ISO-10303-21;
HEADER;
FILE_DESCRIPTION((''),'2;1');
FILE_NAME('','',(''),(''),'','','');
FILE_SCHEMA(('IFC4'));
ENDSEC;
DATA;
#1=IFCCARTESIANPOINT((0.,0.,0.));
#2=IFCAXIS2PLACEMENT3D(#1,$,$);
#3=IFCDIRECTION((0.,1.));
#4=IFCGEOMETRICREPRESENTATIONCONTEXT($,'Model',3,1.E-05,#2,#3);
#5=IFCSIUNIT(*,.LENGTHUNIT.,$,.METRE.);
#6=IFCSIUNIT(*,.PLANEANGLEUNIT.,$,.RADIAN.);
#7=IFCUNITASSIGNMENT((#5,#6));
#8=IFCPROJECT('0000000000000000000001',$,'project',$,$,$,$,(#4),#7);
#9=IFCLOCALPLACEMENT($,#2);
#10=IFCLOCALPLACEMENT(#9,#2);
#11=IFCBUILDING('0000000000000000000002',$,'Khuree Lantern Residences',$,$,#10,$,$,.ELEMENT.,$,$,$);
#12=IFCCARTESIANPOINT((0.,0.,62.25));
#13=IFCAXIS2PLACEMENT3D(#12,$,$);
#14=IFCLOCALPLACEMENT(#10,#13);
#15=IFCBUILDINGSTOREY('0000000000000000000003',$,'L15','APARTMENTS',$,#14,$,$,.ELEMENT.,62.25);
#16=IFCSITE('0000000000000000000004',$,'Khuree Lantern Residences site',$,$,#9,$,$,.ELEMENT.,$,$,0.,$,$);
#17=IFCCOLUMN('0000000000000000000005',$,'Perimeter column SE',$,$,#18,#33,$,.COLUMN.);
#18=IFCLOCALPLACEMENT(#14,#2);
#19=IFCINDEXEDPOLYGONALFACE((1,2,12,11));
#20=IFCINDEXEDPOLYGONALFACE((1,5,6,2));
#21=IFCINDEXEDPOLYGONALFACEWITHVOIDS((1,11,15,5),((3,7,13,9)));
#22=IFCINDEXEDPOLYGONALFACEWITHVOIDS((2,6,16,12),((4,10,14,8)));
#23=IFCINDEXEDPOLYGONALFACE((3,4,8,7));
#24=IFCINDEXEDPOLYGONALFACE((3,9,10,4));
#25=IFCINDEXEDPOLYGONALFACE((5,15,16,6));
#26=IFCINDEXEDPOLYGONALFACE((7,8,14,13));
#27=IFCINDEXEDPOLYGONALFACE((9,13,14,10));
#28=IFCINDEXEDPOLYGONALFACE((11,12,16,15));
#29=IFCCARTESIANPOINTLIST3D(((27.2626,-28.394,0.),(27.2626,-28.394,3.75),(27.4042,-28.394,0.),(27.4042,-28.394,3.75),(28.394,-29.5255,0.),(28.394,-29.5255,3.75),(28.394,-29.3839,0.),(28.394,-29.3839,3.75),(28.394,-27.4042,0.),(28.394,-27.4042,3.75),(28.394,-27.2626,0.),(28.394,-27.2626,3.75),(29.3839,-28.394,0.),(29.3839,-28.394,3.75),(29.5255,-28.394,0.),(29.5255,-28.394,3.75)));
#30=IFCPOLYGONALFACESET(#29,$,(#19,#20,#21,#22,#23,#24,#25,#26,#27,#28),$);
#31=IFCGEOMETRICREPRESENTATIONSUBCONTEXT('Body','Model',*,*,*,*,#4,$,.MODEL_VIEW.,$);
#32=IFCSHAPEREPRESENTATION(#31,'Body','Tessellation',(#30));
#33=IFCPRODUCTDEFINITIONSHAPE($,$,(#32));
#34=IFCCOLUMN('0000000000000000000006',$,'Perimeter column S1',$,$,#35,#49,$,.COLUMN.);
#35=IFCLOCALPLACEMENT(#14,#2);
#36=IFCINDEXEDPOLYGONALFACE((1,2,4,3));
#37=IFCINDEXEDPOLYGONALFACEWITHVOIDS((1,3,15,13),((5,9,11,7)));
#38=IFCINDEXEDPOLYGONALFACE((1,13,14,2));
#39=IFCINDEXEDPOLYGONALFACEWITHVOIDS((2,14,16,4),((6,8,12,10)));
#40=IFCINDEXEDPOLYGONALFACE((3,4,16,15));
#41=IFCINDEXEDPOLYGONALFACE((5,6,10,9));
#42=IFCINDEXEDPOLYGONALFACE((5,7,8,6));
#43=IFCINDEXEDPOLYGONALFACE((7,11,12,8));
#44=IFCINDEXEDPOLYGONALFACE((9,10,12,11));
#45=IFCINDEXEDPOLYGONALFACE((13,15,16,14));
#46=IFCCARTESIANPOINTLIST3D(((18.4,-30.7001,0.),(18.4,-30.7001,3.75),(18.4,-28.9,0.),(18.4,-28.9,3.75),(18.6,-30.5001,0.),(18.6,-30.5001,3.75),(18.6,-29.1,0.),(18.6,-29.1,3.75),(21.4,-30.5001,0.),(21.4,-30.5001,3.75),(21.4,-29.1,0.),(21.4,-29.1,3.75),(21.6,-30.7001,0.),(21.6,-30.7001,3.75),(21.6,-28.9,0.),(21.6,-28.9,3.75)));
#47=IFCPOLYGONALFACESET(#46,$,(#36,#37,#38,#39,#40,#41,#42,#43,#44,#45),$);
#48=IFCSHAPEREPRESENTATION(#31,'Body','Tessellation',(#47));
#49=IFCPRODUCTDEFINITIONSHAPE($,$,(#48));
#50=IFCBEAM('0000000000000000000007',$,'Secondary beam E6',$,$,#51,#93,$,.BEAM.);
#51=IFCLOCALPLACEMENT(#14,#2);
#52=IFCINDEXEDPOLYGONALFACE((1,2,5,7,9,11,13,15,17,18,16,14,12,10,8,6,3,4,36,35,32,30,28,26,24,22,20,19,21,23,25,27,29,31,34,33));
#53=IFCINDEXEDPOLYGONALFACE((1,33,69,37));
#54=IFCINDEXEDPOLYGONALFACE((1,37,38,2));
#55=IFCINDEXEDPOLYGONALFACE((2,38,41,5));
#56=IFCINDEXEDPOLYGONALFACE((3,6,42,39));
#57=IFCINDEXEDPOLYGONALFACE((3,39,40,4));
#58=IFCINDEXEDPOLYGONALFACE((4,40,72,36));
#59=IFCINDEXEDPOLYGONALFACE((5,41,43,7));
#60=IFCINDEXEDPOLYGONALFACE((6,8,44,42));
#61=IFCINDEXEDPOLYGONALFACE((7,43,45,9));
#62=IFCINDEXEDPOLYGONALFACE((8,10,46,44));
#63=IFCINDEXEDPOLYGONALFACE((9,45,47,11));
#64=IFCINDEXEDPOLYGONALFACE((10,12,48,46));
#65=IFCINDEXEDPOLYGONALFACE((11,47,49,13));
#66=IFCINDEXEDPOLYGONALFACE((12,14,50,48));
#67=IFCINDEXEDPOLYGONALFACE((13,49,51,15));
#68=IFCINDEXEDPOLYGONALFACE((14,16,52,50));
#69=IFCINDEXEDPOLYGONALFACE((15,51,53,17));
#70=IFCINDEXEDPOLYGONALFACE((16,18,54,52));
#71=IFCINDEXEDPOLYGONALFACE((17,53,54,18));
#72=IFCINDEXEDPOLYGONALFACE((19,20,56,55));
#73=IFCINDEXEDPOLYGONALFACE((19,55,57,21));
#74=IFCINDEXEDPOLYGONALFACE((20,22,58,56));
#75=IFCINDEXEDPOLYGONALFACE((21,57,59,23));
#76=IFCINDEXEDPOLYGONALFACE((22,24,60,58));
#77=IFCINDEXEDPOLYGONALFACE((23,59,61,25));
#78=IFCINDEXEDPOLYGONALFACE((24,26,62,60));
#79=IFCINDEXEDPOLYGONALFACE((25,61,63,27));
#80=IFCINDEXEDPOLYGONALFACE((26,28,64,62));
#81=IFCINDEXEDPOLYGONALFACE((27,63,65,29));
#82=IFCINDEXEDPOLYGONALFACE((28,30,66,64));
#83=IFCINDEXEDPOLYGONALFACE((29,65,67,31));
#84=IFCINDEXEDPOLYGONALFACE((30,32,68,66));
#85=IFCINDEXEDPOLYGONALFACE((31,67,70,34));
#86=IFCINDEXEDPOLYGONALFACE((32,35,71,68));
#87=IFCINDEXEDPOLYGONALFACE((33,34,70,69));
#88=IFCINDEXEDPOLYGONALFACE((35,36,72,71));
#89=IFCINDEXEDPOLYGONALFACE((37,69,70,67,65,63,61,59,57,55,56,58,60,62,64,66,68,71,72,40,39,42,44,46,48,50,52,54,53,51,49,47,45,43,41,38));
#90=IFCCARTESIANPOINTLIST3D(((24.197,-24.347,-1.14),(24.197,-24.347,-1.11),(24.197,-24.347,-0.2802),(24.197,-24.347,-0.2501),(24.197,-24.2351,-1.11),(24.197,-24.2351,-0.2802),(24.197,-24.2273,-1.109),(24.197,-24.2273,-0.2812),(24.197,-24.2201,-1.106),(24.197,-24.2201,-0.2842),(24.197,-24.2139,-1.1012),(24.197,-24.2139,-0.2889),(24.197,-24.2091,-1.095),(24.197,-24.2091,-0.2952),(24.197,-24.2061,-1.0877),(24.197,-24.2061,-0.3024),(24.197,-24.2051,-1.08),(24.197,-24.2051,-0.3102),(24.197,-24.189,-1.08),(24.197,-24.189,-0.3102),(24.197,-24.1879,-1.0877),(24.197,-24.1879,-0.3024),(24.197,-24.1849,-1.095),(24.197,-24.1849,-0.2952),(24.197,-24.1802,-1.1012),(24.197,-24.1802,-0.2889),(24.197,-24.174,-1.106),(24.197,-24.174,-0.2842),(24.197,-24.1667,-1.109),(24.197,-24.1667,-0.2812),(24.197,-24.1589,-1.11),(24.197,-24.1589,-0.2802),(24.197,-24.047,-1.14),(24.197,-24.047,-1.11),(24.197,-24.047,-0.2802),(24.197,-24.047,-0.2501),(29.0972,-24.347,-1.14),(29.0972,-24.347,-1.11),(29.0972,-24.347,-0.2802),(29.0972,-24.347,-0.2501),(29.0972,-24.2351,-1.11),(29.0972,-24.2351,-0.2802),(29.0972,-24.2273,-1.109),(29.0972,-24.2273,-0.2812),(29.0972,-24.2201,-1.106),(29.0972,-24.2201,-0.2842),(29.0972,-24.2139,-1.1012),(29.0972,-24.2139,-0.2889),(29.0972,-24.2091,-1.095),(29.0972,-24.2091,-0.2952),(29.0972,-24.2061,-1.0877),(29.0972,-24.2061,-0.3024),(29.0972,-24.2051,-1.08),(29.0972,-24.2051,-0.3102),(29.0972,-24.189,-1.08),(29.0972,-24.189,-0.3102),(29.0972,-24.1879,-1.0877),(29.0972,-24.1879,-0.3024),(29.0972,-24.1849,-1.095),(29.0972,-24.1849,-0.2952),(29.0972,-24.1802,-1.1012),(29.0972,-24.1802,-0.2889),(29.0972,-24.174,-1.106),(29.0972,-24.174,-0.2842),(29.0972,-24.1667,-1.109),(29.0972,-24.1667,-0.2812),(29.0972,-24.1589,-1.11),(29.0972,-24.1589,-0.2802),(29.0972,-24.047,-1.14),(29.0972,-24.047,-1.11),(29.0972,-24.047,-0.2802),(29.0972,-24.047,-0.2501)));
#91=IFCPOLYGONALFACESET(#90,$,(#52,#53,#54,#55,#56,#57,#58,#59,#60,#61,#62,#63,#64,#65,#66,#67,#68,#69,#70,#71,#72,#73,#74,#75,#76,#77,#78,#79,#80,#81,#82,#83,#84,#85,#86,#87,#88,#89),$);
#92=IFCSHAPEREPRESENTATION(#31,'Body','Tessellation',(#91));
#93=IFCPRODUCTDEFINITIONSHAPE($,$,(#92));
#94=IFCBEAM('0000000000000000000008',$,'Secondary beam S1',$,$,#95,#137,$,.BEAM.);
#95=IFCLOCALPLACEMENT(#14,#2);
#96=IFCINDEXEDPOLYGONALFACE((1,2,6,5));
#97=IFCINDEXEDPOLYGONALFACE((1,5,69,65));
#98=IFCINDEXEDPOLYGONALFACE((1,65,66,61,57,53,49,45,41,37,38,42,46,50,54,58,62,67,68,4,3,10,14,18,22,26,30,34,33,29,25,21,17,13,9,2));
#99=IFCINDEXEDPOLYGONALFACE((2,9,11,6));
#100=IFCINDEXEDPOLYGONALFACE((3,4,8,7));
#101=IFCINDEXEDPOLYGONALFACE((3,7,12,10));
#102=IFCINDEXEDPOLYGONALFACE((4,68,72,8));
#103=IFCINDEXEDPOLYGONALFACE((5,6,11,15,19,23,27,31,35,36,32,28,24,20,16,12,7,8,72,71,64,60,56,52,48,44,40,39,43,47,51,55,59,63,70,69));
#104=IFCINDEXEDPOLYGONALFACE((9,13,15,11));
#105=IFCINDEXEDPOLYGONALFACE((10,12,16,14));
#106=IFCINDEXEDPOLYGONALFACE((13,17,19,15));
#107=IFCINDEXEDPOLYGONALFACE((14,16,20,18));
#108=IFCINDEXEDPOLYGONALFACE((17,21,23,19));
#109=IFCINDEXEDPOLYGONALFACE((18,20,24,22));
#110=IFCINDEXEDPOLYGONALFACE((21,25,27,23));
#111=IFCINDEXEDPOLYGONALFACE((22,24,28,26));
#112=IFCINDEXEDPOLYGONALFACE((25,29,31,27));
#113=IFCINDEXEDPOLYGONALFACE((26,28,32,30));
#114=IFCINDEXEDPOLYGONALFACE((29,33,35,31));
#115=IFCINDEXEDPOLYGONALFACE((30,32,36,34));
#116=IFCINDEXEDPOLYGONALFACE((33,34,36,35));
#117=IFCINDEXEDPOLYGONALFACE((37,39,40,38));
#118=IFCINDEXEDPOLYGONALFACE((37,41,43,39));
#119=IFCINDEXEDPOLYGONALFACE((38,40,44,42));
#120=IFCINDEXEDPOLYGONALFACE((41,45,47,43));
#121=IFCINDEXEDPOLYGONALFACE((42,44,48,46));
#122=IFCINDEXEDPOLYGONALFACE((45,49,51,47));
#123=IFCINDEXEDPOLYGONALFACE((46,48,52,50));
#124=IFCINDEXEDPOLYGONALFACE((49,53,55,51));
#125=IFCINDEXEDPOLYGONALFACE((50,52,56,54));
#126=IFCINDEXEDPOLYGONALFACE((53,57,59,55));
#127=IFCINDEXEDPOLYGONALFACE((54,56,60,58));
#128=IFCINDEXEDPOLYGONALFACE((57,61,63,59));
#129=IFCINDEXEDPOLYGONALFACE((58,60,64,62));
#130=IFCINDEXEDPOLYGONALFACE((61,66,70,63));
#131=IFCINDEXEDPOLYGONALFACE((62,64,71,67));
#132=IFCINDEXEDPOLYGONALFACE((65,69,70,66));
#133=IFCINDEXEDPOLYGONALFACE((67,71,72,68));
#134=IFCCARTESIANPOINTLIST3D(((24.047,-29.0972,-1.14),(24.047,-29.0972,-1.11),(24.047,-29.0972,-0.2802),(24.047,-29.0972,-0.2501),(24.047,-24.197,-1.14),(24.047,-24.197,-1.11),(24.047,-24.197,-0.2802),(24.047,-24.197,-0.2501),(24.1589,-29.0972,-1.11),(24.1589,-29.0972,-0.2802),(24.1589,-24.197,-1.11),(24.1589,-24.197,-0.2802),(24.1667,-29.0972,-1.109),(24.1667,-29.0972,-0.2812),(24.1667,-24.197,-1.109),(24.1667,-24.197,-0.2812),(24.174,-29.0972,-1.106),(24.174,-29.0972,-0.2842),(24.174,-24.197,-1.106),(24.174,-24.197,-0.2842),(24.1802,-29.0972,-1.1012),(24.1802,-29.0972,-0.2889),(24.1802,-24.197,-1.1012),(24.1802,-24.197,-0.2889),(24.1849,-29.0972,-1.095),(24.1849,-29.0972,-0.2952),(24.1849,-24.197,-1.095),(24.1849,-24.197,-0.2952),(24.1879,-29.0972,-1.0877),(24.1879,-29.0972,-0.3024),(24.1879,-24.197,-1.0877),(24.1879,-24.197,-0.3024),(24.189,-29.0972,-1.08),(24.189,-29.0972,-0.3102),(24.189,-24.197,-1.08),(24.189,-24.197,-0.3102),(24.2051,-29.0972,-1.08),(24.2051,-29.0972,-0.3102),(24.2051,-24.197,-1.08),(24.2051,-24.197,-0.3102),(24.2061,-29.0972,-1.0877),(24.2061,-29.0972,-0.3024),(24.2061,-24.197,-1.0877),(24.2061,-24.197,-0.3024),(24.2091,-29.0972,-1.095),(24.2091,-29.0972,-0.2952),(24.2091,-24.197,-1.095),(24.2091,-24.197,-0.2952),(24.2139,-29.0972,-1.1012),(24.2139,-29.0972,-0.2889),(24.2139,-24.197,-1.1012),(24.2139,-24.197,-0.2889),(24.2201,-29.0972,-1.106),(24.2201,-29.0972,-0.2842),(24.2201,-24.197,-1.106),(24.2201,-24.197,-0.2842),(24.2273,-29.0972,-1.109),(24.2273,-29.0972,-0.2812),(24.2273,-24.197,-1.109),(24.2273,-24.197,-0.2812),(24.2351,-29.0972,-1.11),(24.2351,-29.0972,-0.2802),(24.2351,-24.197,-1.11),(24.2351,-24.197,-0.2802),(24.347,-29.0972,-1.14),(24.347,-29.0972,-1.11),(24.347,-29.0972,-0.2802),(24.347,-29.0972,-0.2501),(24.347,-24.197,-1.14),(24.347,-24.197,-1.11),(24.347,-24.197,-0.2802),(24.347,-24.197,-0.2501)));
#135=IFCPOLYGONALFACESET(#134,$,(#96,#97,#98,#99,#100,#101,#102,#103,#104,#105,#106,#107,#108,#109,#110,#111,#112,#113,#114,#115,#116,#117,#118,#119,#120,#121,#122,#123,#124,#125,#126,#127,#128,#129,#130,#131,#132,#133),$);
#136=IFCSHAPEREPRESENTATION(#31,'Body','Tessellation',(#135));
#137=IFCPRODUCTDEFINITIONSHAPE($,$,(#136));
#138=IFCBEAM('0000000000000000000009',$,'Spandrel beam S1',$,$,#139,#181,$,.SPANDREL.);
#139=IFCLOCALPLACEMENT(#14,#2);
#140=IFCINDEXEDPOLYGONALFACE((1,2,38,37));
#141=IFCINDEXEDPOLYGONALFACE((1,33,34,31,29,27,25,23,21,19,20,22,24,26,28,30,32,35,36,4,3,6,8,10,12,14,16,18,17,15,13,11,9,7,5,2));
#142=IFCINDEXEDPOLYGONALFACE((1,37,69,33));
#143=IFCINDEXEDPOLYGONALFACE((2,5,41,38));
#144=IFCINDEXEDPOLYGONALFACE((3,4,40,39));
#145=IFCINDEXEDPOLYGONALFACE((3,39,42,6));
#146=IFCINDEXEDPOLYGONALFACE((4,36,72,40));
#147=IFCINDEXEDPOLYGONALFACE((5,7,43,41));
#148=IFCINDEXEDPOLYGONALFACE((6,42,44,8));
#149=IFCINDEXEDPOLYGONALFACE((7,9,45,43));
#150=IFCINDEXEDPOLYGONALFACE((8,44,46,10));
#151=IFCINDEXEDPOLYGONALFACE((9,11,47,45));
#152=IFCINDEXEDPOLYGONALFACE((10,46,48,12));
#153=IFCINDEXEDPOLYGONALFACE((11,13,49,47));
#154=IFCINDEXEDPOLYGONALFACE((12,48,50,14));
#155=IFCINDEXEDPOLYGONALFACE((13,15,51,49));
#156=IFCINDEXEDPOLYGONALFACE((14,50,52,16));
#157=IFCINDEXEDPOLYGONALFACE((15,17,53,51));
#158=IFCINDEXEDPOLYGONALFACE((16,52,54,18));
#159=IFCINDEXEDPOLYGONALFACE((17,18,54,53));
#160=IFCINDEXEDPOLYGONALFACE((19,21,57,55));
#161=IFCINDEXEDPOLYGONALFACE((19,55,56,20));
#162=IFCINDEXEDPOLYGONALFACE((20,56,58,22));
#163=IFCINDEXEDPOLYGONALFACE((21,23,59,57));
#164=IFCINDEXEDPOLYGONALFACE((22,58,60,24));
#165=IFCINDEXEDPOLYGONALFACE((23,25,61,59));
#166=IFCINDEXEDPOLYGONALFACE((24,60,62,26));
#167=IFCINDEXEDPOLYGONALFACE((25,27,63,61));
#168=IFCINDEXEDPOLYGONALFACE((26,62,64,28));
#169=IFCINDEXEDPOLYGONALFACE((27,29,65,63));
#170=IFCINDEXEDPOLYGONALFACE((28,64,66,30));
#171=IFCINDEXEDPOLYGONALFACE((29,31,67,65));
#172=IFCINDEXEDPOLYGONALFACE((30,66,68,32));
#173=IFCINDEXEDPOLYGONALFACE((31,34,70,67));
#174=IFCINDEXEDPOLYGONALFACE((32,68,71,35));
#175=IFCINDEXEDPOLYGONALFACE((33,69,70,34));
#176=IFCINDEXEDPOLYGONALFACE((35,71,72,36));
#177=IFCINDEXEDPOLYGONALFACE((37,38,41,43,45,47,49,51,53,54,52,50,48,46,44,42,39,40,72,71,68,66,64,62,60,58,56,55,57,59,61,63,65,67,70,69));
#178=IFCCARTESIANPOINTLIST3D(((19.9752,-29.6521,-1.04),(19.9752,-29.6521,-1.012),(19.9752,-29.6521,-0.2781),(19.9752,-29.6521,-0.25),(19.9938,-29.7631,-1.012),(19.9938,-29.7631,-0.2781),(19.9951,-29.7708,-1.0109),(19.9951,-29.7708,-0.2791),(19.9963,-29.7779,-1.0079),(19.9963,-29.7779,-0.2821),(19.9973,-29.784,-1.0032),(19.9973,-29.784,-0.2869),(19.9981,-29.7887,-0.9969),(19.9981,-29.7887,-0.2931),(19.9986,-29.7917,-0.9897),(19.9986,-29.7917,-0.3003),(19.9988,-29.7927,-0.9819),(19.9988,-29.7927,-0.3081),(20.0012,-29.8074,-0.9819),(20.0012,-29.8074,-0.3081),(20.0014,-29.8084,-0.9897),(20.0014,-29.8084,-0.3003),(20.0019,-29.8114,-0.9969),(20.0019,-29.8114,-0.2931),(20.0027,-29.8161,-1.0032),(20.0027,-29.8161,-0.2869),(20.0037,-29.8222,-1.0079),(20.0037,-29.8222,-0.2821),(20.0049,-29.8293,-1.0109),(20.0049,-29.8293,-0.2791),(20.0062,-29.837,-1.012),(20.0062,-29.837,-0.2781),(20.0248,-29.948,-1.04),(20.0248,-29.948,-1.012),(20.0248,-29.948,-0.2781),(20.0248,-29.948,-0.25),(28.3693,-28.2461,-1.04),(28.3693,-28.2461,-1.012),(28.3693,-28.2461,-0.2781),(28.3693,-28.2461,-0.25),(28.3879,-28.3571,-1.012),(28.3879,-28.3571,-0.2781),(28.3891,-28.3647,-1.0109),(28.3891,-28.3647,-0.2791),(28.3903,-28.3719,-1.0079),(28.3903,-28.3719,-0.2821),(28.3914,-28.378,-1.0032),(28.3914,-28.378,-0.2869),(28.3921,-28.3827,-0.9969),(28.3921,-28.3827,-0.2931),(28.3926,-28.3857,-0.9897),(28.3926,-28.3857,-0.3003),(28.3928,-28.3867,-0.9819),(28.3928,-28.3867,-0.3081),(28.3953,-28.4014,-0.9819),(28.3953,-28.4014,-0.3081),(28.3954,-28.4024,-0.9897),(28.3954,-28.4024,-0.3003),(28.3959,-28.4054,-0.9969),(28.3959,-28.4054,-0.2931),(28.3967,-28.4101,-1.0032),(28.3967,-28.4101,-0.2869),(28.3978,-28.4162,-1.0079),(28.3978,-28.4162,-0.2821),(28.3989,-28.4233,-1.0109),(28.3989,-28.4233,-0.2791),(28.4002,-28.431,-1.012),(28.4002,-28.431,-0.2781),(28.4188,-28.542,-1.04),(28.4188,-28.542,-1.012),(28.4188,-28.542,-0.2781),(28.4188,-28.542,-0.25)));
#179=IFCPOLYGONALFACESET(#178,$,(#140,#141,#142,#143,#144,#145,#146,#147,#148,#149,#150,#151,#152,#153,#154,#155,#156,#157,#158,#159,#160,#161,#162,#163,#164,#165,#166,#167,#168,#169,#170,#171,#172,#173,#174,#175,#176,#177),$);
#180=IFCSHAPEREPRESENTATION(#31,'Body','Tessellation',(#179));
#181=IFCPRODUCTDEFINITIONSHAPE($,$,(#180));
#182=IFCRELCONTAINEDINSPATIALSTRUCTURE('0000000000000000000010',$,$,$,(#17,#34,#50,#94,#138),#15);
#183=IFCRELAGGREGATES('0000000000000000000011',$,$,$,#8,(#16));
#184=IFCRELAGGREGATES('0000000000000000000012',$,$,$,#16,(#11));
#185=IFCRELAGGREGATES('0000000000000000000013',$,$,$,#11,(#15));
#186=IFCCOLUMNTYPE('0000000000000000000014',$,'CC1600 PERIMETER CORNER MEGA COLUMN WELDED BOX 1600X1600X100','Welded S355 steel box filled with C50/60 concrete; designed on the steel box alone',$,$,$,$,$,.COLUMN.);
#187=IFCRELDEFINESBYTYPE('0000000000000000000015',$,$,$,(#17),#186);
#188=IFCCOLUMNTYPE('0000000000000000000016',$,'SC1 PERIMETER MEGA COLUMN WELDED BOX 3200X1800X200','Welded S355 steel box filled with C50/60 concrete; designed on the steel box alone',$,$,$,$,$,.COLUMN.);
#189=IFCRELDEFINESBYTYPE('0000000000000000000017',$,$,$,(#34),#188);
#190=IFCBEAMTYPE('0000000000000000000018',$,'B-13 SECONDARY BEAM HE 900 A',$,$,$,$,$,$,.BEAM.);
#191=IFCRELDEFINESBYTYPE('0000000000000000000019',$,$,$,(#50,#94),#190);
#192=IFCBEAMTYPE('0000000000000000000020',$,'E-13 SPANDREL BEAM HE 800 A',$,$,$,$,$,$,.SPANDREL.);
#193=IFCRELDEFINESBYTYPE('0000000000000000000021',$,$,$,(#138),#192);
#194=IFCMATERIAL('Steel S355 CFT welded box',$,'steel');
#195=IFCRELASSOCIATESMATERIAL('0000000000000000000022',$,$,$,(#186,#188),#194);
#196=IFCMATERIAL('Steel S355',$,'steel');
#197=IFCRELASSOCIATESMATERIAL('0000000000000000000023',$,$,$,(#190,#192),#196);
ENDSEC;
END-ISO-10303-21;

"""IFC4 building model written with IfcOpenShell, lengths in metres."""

from ifc_helpers import new_model, si_unit, direction, frame, origin, origin_2d, place, context, subcontext, project, spatial, hollow_rectangle, i_section, extrude, material, material_profile, profile_set, type_object, element, save


model = new_model("IFC4")

# Units and contexts
model_context = context("Model", 3, precision=1e-05, world=origin(), true_north=direction((0.0, 1.0)))
body_context = subcontext(model_context, "Body", "Model", "MODEL_VIEW")
ifc_project = project(units=[si_unit("LENGTHUNIT", "METRE"), si_unit("PLANEANGLEUNIT", "RADIAN")], contexts=[model_context])

# Site, building, storey
site_placement = place(None, origin())
site = spatial("IfcSite", under=ifc_project, at=site_placement, Name="Khuree Lantern Residences site", CompositionType="ELEMENT", RefElevation=0.0)
building_placement = place(site_placement, origin())
building = spatial("IfcBuilding", under=site, at=building_placement, Name="Khuree Lantern Residences", CompositionType="ELEMENT")
storey_placement = place(building_placement, frame((0.0, 0.0, 62.25)))
storey = spatial("IfcBuildingStorey", under=building, at=storey_placement, Name="L15", Description="APARTMENTS", CompositionType="ELEMENT", Elevation=62.25)

# Columns
ifc_material_1 = material(Name="Steel S355 CFT welded box", Category="steel")
ifc_material_profile_1 = material_profile(ifc_material_1, hollow_rectangle(XDim=1.6001, YDim=1.6001, WallThickness=0.1001, at=origin_2d()), Name="WELDED BOX 1600X1600X100")
ifc_profile_set_1 = profile_set([ifc_material_profile_1], Name="Steel S355 CFT welded box")
column_type_1 = type_object("IfcColumnType", Name="CC1600 PERIMETER CORNER MEGA COLUMN WELDED BOX 1600X1600X100", Description="Welded S355 steel box filled with C50/60 concrete; designed on the steel box alone", PredefinedType="COLUMN", material=ifc_profile_set_1)
column_1_placement = place(storey_placement, frame((28.394, -28.394, 0.0), z_axis=(0.0, 0.0, 1.0), x_axis=(0.707107, 0.707107, 0.0)))
element("IfcColumn", 1, at=column_1_placement, inside=storey, type_object=column_type_1, Name="Perimeter column SE", PredefinedType="COLUMN", context=body_context, shape_type="SweptSolid", body=[
    extrude(hollow_rectangle(XDim=1.6001, YDim=1.6001, WallThickness=0.1001, at=origin_2d()), origin(), (0.0, 0.0, 1.0), 3.75),
])
ifc_material_profile_2 = material_profile(ifc_material_1, hollow_rectangle(XDim=3.2, YDim=1.8, WallThickness=0.2, at=origin_2d()), Name="WELDED BOX 3200X1800X200")
ifc_profile_set_2 = profile_set([ifc_material_profile_2], Name="Steel S355 CFT welded box")
column_type_2 = type_object("IfcColumnType", Name="SC1 PERIMETER MEGA COLUMN WELDED BOX 3200X1800X200", Description="Welded S355 steel box filled with C50/60 concrete; designed on the steel box alone", PredefinedType="COLUMN", material=ifc_profile_set_2)
column_2_placement = place(storey_placement, frame((20.0, -29.8, 0.0), z_axis=(0.0, 0.0, 1.0), x_axis=(1.0, 0.0, 0.0)))
element("IfcColumn", 2, at=column_2_placement, inside=storey, type_object=column_type_2, Name="Perimeter column S1", PredefinedType="COLUMN", context=body_context, shape_type="SweptSolid", body=[
    extrude(hollow_rectangle(XDim=3.2, YDim=1.8, WallThickness=0.2, at=origin_2d()), origin(), (0.0, 0.0, 1.0), 3.75),
])

# Beams
ifc_material_2 = material(Name="Steel S355", Category="steel")
ifc_material_profile_3 = material_profile(ifc_material_2, i_section(OverallWidth=0.3, OverallDepth=0.8899, WebThickness=0.0161, FlangeThickness=0.03, FilletRadius=0.03, at=origin_2d()), Name="HE 900 A")
ifc_profile_set_3 = profile_set([ifc_material_profile_3], Name="Steel S355")
beam_type_1 = type_object("IfcBeamType", Name="B-13 SECONDARY BEAM HE 900 A", PredefinedType="BEAM", material=ifc_profile_set_3)
for number, where, z_axis, x_axis, name in (
    (3, (29.0972, -24.197, -0.6951), (-1.0, 0.0, 0.0), (0.0, -1.0, 0.0), "Secondary beam E6"),
    (4, (24.197, -29.0972, -0.6951), (0.0, 1.0, 0.0), (-1.0, 0.0, 0.0), "Secondary beam S1"),
):
    element("IfcBeam", number, at=place(storey_placement, frame(where, z_axis=z_axis, x_axis=x_axis)), inside=storey, type_object=beam_type_1, Name=name, PredefinedType="BEAM", context=body_context, shape_type="SweptSolid", body=[
        extrude(i_section(OverallWidth=0.3, OverallDepth=0.8899, WebThickness=0.0161, FlangeThickness=0.03, FilletRadius=0.03, at=origin_2d()), origin(), (0.0, 0.0, 1.0), 4.9001),
    ])
ifc_material_profile_4 = material_profile(ifc_material_2, i_section(OverallWidth=0.3, OverallDepth=0.79, WebThickness=0.0149, FlangeThickness=0.0281, FilletRadius=0.03, at=origin_2d()), Name="HE 800 A")
ifc_profile_set_4 = profile_set([ifc_material_profile_4], Name="Steel S355")
beam_type_2 = type_object("IfcBeamType", Name="E-13 SPANDREL BEAM HE 800 A", PredefinedType="SPANDREL", material=ifc_profile_set_4)
beam_1_placement = place(storey_placement, frame((28.394, -28.394, -0.645), z_axis=(-0.98626, -0.165199, 0.0), x_axis=(0.165199, -0.98626, 0.0)))
element("IfcBeam", 5, at=beam_1_placement, inside=storey, type_object=beam_type_2, Name="Spandrel beam S1", PredefinedType="SPANDREL", context=body_context, shape_type="SweptSolid", body=[
    extrude(i_section(OverallWidth=0.3, OverallDepth=0.79, WebThickness=0.0149, FlangeThickness=0.0281, FilletRadius=0.03, at=origin_2d()), origin(), (0.0, 0.0, 1.0), 8.511),
])

save(model, "model.ifc")
